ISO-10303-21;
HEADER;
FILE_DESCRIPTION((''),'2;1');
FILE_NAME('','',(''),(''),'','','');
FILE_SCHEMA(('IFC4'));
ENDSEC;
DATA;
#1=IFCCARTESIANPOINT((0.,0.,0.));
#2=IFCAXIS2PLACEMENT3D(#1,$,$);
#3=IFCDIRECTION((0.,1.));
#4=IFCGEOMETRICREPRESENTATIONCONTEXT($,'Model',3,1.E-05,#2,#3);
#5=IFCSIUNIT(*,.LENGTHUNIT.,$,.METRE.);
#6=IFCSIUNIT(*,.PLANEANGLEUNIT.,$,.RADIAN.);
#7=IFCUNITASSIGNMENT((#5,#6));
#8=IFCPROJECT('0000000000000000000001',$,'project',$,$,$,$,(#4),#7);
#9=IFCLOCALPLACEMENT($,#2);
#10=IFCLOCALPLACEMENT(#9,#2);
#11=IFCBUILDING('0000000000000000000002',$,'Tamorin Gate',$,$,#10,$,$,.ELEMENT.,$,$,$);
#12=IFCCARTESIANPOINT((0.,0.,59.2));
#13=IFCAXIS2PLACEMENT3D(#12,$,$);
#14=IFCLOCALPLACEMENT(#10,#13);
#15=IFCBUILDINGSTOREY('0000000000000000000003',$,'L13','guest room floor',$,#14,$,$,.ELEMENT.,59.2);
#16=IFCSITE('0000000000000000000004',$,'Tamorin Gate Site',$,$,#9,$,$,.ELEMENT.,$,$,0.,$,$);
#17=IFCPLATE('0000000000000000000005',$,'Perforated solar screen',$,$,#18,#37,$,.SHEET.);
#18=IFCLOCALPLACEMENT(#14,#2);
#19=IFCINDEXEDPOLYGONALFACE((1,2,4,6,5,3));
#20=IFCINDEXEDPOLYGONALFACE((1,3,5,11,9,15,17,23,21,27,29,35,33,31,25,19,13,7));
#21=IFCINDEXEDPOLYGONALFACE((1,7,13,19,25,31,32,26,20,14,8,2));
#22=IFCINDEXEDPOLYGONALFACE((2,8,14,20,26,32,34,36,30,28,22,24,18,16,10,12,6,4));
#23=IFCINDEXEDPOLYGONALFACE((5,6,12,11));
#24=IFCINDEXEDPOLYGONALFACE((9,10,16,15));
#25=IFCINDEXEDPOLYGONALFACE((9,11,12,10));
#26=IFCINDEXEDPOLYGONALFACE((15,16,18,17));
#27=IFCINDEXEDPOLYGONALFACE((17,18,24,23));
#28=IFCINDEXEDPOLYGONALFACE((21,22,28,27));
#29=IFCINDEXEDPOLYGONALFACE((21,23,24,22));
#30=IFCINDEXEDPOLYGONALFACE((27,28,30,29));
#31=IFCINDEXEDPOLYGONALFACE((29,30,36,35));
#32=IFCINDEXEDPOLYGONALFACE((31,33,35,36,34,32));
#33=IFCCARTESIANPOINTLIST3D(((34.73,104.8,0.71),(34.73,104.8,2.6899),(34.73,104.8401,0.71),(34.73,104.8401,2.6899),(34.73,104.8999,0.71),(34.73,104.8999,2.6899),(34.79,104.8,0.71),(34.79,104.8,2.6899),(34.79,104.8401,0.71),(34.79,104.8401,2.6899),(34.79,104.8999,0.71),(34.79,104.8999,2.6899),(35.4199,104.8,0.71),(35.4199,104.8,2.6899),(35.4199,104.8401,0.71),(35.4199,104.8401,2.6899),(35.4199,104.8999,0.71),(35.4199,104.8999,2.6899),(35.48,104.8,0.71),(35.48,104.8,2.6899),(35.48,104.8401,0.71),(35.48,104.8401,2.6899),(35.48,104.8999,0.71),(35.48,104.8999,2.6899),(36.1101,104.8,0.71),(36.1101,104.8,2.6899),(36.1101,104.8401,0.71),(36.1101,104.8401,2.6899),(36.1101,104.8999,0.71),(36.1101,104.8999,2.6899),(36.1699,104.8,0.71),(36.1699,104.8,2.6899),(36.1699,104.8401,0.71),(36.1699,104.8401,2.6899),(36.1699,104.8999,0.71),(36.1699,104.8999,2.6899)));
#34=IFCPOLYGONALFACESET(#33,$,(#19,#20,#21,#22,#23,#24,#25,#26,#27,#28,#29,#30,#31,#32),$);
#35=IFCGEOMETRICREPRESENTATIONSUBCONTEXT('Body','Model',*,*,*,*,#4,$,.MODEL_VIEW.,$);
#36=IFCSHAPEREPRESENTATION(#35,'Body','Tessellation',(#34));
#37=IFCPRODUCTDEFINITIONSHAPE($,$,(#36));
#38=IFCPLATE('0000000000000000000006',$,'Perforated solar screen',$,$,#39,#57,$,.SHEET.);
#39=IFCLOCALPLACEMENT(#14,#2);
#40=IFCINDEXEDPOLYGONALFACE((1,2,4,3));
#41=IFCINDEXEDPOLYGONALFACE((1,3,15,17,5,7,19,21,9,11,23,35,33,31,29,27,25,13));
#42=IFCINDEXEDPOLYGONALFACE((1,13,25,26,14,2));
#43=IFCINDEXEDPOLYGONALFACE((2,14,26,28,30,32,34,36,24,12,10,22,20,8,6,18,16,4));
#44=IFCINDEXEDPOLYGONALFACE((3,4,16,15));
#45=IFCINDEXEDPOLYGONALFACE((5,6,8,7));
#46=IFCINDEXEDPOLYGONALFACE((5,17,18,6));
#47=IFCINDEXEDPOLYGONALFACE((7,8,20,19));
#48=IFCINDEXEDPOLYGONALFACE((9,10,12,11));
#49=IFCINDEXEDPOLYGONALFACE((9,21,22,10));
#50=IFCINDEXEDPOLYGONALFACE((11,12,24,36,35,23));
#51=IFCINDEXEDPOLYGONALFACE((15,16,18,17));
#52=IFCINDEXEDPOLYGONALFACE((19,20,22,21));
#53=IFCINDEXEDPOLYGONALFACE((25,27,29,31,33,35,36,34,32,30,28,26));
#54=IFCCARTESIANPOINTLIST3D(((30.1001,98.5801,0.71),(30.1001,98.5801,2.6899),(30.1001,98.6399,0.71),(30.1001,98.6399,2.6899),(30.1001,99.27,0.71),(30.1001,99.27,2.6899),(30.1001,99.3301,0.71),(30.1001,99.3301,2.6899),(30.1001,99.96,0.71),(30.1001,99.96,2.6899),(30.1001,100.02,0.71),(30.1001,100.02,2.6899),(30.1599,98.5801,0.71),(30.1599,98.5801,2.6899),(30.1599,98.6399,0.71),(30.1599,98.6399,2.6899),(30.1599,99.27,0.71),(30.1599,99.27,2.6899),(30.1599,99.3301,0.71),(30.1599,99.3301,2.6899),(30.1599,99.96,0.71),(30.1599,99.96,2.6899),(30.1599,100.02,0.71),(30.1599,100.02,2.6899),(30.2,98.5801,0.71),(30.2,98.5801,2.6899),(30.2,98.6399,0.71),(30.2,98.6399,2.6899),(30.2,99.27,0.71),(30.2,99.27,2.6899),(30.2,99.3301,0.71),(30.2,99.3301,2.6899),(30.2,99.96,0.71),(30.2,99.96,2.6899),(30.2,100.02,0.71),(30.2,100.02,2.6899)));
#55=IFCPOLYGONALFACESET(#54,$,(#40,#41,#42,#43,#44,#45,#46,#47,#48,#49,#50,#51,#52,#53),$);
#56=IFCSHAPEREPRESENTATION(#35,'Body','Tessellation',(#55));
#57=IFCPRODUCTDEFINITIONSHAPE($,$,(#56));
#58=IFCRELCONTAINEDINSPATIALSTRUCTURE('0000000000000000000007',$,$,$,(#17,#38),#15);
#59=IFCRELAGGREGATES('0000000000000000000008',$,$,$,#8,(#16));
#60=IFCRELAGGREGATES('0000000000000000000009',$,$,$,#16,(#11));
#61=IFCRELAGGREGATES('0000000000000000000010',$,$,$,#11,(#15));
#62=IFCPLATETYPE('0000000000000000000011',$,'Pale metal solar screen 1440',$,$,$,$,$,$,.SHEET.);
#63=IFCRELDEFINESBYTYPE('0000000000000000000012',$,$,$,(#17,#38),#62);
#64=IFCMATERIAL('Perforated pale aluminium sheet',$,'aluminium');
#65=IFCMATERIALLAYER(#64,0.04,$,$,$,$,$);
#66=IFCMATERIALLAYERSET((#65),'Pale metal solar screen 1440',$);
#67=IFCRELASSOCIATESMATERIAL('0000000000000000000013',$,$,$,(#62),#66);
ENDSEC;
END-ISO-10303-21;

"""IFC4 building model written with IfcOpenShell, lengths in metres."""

from ifc_helpers import new_model, si_unit, direction, frame, origin, place, context, subcontext, project, spatial, polyline, outline, extrude, material, layer, layer_set, type_object, element, save


model = new_model("IFC4")

# Units and contexts
model_context = context("Model", 3, precision=1e-05, world=origin(), true_north=direction((0.0, 1.0)))
body_context = subcontext(model_context, "Body", "Model", "MODEL_VIEW")
ifc_project = project(units=[si_unit("LENGTHUNIT", "METRE"), si_unit("PLANEANGLEUNIT", "RADIAN")], contexts=[model_context])

# Site, building, storey
site_placement = place(None, origin())
site = spatial("IfcSite", under=ifc_project, at=site_placement, Name="Tamorin Gate Site", CompositionType="ELEMENT", RefElevation=0.0)
building_placement = place(site_placement, origin())
building = spatial("IfcBuilding", under=site, at=building_placement, Name="Tamorin Gate", CompositionType="ELEMENT")
storey_placement = place(building_placement, frame((0.0, 0.0, 59.2)))
storey = spatial("IfcBuildingStorey", under=building, at=storey_placement, Name="L13", Description="guest room floor", CompositionType="ELEMENT", Elevation=59.2)

# Plates
ifc_material = material(Name="Perforated pale aluminium sheet", Category="aluminium")
ifc_layer = layer(ifc_material, 0.04)
ifc_layer_set = layer_set([ifc_layer], Name="Pale metal solar screen 1440")
plate_type = type_object("IfcPlateType", Name="Pale metal solar screen 1440", PredefinedType="SHEET", material=ifc_layer_set)
plate_1_placement = place(storey_placement, frame((0.0, 0.0, 0.71)))
element("IfcPlate", 1, at=plate_1_placement, inside=storey, type_object=plate_type, Name="Perforated solar screen", PredefinedType="SHEET", context=body_context, shape_type="SweptSolid", body=[
    extrude(outline(polyline([(36.1699, 104.8401), (36.1699, 104.8), (36.1101, 104.8), (35.48, 104.8), (35.4199, 104.8), (34.79, 104.8), (34.73, 104.8), (34.73, 104.8401), (34.73, 104.8999), (34.79, 104.8999), (34.79, 104.8401), (35.4199, 104.8401), (35.4199, 104.8999), (35.48, 104.8999), (35.48, 104.8401), (36.1101, 104.8401), (36.1101, 104.8999), (36.1699, 104.8999), (36.1699, 104.8401)])), origin(), (0.0, 0.0, 1.0), 1.98),
])
plate_2_placement = place(storey_placement, frame((0.0, 0.0, 0.71)))
element("IfcPlate", 2, at=plate_2_placement, inside=storey, type_object=plate_type, Name="Perforated solar screen", PredefinedType="SHEET", context=body_context, shape_type="SweptSolid", body=[
    extrude(outline(polyline([(30.1599, 100.02), (30.2, 100.02), (30.2, 99.96), (30.2, 99.3301), (30.2, 99.27), (30.2, 98.6399), (30.2, 98.5801), (30.1599, 98.5801), (30.1001, 98.5801), (30.1001, 98.6399), (30.1599, 98.6399), (30.1599, 99.27), (30.1001, 99.27), (30.1001, 99.3301), (30.1599, 99.3301), (30.1599, 99.96), (30.1001, 99.96), (30.1001, 100.02), (30.1599, 100.02)])), origin(), (0.0, 0.0, 1.0), 1.98),
])

save(model, "model.ifc")
